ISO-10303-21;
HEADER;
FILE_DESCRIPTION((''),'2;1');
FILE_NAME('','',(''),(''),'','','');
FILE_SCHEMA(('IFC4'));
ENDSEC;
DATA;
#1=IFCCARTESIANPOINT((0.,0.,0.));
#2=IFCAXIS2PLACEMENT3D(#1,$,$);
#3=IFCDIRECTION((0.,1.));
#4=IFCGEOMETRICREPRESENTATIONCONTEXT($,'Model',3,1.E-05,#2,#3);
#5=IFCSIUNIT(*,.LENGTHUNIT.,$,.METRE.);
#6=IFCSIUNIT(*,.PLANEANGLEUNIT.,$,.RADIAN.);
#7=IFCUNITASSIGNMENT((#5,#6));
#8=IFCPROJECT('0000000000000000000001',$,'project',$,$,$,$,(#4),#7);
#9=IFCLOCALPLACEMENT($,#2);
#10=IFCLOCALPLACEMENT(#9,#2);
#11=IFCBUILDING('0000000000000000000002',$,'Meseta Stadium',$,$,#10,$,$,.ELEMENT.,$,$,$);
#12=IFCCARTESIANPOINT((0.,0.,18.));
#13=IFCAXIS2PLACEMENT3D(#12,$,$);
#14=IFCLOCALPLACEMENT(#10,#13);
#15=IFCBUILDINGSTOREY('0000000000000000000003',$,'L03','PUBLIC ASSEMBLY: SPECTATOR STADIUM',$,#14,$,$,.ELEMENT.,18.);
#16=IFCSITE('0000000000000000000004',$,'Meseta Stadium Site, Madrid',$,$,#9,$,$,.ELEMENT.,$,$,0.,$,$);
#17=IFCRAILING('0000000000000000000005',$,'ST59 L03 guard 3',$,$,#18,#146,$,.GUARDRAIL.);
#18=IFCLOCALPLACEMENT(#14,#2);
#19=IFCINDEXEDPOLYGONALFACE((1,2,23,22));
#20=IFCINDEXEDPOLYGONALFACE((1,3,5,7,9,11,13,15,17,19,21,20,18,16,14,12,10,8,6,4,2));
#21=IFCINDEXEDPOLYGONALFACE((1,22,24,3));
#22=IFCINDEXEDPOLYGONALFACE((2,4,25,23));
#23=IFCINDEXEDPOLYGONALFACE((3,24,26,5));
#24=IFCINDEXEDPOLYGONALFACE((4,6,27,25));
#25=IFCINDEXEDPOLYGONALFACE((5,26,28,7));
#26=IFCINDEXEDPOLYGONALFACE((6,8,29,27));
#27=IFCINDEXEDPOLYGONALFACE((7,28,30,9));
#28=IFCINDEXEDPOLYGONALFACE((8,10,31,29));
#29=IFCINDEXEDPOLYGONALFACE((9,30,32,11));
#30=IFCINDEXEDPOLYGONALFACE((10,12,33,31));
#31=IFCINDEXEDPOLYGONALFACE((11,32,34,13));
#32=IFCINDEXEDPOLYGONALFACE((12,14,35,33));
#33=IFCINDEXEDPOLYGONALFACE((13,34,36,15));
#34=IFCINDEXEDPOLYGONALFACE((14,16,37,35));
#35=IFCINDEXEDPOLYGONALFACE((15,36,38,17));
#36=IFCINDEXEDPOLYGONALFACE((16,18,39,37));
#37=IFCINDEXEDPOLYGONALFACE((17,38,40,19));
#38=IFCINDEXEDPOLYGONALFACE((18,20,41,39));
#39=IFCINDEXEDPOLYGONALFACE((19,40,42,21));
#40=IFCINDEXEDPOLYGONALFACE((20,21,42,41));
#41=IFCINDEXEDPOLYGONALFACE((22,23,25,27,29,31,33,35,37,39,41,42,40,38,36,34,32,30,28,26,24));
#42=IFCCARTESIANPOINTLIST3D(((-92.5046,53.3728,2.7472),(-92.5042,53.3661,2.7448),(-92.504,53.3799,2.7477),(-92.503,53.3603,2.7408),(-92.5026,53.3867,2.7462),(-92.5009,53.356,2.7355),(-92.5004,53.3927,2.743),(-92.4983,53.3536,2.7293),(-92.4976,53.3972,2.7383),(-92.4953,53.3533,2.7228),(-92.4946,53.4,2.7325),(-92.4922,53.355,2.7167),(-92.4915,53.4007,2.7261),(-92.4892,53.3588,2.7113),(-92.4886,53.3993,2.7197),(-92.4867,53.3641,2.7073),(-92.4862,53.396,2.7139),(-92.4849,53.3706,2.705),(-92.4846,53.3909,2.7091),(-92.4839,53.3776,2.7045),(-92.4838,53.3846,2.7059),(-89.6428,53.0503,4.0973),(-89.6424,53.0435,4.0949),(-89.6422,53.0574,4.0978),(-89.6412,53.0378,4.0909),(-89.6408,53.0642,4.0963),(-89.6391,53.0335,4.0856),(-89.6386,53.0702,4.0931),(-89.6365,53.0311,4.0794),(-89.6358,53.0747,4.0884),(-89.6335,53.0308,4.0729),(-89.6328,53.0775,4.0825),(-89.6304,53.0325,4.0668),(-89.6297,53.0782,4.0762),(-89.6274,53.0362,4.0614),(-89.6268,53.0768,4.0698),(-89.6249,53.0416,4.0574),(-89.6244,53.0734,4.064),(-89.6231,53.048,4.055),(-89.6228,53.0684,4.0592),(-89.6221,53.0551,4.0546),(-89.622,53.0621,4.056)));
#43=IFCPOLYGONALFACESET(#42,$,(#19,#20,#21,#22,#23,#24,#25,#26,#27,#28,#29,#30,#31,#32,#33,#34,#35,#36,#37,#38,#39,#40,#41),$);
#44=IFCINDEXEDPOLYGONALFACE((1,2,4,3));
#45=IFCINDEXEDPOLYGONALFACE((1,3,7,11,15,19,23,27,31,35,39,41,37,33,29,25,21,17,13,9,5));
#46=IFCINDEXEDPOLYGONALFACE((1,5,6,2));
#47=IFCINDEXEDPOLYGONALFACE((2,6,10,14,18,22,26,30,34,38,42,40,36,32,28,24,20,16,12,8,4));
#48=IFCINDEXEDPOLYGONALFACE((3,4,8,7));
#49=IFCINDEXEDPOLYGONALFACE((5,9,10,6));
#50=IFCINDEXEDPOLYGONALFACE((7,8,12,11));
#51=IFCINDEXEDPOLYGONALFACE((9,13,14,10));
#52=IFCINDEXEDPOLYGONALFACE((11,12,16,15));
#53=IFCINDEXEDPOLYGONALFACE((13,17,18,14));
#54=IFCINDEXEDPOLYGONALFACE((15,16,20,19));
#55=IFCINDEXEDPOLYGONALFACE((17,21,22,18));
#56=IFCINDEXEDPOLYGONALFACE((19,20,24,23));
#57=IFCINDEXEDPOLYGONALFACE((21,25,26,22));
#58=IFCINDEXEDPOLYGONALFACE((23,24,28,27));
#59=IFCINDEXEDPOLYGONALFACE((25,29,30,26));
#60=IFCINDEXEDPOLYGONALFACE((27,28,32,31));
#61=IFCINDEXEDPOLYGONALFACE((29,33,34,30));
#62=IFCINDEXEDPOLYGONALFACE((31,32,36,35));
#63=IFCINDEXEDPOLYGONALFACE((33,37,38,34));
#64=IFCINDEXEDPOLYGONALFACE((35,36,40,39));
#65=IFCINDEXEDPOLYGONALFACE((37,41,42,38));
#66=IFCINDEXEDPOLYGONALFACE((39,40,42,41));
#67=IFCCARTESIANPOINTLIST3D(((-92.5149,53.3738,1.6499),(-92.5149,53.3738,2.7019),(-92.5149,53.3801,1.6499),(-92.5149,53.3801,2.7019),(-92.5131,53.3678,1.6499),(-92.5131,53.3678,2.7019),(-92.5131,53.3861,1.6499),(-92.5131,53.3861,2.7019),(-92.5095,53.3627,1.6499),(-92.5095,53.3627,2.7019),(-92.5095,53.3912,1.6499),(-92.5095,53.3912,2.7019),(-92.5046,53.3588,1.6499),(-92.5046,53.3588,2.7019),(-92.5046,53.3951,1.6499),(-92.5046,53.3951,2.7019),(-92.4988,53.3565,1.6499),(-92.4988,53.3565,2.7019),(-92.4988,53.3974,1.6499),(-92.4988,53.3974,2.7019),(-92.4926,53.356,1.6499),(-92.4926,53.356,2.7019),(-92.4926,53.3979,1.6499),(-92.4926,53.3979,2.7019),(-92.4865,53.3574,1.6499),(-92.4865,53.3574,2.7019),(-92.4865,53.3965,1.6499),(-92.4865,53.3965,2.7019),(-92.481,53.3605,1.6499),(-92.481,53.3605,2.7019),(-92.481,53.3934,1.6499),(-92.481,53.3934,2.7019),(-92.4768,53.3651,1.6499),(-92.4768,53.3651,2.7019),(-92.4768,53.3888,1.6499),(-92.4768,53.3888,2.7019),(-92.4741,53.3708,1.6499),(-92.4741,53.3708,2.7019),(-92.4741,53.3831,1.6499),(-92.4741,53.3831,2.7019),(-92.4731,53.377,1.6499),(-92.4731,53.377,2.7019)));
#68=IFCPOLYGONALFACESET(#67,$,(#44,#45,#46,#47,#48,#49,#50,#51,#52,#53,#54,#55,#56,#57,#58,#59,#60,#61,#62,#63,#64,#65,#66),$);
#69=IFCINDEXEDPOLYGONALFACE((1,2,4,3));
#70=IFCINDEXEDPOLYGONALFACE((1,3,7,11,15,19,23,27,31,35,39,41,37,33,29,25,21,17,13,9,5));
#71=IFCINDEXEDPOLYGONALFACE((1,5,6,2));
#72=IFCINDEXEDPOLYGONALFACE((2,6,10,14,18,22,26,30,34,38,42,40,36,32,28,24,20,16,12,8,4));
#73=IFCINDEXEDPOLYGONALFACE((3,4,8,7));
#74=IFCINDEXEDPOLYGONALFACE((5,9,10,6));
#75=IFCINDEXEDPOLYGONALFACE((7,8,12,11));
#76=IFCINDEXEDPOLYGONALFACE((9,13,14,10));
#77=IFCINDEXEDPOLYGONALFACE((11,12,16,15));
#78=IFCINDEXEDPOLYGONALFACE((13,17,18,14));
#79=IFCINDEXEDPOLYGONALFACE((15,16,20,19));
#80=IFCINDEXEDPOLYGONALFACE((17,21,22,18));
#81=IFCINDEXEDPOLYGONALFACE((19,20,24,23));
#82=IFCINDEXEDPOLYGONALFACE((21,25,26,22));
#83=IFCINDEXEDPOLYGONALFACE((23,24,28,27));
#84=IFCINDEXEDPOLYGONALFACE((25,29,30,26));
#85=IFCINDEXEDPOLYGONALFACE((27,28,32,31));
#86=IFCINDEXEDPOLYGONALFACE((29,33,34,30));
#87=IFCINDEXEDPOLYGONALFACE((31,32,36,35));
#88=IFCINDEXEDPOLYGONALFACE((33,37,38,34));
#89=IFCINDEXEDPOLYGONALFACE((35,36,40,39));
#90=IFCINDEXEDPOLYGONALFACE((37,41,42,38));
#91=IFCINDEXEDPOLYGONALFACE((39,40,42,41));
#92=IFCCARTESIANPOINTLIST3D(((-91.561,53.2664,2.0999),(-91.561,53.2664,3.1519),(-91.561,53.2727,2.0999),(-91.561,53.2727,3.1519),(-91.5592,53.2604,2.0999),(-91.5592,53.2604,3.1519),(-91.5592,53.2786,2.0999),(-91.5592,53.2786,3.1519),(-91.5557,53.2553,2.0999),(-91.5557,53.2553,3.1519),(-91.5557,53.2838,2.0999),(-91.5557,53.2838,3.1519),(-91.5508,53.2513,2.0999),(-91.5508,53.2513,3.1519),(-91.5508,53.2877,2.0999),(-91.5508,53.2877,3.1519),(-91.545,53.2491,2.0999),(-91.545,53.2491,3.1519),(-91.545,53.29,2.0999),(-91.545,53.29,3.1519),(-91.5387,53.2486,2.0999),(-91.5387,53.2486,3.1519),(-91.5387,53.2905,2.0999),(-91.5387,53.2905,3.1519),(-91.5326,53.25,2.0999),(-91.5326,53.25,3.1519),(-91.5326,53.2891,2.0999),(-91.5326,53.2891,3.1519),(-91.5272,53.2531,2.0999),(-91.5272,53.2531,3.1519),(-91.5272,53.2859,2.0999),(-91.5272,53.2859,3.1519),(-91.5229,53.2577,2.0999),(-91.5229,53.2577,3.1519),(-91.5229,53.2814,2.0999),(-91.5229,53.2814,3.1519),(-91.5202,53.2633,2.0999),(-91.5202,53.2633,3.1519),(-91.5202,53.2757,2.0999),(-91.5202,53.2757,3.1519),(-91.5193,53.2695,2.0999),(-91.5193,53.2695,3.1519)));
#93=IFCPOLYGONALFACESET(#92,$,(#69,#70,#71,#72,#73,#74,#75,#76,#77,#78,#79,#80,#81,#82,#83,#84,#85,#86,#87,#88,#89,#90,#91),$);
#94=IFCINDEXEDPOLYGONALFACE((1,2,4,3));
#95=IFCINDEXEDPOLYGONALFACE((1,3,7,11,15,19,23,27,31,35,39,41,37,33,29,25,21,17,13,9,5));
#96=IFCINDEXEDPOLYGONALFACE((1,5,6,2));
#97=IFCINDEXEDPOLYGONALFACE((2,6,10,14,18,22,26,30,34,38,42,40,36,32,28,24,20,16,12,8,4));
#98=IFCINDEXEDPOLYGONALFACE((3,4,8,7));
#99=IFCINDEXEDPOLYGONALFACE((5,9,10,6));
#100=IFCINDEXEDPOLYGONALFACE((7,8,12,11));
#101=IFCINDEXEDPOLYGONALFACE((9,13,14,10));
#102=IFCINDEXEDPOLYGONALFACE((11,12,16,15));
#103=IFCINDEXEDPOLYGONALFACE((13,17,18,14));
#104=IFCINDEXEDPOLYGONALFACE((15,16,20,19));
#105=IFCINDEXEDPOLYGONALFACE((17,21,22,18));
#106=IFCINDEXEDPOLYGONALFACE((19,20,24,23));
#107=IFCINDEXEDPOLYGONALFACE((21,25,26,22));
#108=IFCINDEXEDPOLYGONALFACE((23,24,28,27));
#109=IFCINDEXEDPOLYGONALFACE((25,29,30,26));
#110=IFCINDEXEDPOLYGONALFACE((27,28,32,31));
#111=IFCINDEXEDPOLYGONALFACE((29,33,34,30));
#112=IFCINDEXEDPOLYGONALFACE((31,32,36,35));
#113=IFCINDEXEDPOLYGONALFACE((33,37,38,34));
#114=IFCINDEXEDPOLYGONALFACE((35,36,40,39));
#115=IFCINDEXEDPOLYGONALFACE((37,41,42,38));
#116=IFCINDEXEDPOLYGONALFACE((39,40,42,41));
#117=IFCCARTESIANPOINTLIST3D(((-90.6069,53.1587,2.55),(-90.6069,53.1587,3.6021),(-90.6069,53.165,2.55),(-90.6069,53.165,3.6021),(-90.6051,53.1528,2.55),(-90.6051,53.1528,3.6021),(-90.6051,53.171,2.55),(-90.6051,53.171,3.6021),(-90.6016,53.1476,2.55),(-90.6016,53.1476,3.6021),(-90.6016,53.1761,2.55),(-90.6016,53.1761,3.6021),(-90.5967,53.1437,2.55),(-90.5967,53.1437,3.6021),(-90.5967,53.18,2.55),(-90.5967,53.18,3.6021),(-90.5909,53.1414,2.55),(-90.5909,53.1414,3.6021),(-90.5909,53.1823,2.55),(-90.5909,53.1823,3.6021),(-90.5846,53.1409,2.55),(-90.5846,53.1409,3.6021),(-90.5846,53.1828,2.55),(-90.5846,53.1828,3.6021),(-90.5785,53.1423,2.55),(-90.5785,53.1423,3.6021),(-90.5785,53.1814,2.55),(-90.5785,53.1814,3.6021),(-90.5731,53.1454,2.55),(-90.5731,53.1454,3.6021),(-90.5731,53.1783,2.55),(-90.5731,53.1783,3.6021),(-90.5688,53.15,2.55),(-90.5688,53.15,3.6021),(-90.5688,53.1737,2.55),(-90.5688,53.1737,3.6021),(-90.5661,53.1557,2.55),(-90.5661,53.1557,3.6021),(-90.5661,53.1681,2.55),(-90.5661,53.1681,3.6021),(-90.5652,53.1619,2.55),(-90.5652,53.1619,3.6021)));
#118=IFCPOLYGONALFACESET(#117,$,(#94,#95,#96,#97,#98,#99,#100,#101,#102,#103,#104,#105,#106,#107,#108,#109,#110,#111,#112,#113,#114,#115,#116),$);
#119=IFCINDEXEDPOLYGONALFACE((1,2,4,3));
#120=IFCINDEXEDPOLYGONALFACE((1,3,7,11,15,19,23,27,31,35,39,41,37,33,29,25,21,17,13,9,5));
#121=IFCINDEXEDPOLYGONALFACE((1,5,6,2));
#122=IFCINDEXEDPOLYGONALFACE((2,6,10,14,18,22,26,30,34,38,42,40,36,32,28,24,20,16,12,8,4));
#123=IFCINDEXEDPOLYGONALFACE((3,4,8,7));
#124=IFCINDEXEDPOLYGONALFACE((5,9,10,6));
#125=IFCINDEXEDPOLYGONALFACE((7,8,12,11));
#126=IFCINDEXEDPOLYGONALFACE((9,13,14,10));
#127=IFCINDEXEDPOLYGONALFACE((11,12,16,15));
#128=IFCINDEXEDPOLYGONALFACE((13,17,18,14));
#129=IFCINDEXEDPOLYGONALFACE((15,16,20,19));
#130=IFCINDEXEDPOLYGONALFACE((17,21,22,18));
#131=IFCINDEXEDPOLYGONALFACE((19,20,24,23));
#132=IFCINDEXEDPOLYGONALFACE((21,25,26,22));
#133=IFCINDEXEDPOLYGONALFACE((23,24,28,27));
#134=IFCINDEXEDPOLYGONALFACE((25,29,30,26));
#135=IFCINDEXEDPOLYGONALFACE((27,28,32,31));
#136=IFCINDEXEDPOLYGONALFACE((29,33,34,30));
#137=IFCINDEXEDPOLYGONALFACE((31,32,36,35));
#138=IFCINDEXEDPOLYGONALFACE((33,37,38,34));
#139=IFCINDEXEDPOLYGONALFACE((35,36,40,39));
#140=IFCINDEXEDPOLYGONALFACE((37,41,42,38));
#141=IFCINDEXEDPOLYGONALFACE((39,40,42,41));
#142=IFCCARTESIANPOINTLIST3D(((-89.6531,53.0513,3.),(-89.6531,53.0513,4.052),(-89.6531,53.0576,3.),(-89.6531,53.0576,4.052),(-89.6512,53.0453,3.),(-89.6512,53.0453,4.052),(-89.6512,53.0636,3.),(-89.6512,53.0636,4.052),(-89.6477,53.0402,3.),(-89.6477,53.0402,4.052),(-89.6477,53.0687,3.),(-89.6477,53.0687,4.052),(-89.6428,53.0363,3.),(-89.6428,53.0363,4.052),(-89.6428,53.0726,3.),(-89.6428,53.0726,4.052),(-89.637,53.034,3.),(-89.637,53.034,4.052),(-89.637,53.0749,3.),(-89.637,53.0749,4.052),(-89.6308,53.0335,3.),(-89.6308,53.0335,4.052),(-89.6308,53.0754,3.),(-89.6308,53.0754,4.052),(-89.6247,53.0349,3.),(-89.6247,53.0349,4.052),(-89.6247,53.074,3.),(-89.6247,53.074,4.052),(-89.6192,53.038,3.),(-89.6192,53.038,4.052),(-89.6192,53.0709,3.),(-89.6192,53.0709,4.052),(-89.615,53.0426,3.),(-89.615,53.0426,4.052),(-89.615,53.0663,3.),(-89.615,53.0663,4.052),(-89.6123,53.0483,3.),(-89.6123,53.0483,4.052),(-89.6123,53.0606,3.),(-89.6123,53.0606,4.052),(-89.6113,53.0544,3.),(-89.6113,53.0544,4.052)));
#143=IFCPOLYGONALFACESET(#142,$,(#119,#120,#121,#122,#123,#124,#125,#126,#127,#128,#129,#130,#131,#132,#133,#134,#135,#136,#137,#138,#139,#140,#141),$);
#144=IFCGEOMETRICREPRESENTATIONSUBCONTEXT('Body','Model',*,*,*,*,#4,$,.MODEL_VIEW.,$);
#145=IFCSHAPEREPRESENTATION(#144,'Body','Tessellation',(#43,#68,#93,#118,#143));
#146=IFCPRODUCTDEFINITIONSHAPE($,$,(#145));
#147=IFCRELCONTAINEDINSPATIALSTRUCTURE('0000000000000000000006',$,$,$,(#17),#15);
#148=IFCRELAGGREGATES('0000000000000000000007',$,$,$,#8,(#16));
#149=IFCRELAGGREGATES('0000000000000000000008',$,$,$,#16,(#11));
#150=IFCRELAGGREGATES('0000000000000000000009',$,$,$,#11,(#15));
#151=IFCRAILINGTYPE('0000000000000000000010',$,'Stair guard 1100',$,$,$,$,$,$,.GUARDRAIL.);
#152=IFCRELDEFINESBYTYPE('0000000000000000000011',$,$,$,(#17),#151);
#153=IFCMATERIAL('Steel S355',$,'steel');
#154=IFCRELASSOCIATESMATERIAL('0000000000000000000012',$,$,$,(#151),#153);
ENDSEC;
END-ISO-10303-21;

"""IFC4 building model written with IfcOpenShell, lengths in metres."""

from ifc_helpers import new_model, si_unit, direction, frame, origin, origin_2d, place, context, subcontext, project, spatial, circle, extrude, material, type_object, element, save


model = new_model("IFC4")

# Units and contexts
model_context = context("Model", 3, precision=1e-05, world=origin(), true_north=direction((0.0, 1.0)))
body_context = subcontext(model_context, "Body", "Model", "MODEL_VIEW")
ifc_project = project(units=[si_unit("LENGTHUNIT", "METRE"), si_unit("PLANEANGLEUNIT", "RADIAN")], contexts=[model_context])

# Site, building, storey
site_placement = place(None, origin())
site = spatial("IfcSite", under=ifc_project, at=site_placement, Name="Meseta Stadium Site, Madrid", CompositionType="ELEMENT", RefElevation=0.0)
building_placement = place(site_placement, origin())
building = spatial("IfcBuilding", under=site, at=building_placement, Name="Meseta Stadium", CompositionType="ELEMENT")
storey_placement = place(building_placement, frame((0.0, 0.0, 18.0)))
storey = spatial("IfcBuildingStorey", under=building, at=storey_placement, Name="L03", Description="PUBLIC ASSEMBLY: SPECTATOR STADIUM", CompositionType="ELEMENT", Elevation=18.0)

# Railing
ifc_material_1 = material(Name="Steel S355", Category="steel")
railing_type_1 = type_object("IfcRailingType", Name="Stair guard 1100", PredefinedType="GUARDRAIL", material=ifc_material_1)
railing_1_placement = place(storey_placement, frame((-92.4941, 53.377, 1.6499)))
element("IfcRailing", 1, at=railing_1_placement, inside=storey, type_object=railing_type_1, Name="ST59 L03 guard 3", PredefinedType="GUARDRAIL", context=body_context, shape_type="SweptSolid", body=[
    extrude(circle(Radius=0.0239, at=origin_2d()), frame((0.0, 0.0, 1.0762), z_axis=(0.899748, -0.101396, 0.424467), x_axis=(0.111985, 0.99371, 0.0)), (0.0, 0.0, 1.0), 3.1807),
    extrude(circle(Radius=0.021, at=origin_2d()), origin(), (0.0, 0.0, 1.0), 1.052),
    extrude(circle(Radius=0.021, at=origin_2d()), frame((0.9539, -0.1074, 0.45)), (0.0, 0.0, 1.0), 1.052),
    extrude(circle(Radius=0.021, at=origin_2d()), frame((1.908, -0.2151, 0.9001)), (0.0, 0.0, 1.0), 1.052),
    extrude(circle(Radius=0.021, at=origin_2d()), frame((2.8618, -0.3225, 1.3501)), (0.0, 0.0, 1.0), 1.052),
])

save(model, "model.ifc")
